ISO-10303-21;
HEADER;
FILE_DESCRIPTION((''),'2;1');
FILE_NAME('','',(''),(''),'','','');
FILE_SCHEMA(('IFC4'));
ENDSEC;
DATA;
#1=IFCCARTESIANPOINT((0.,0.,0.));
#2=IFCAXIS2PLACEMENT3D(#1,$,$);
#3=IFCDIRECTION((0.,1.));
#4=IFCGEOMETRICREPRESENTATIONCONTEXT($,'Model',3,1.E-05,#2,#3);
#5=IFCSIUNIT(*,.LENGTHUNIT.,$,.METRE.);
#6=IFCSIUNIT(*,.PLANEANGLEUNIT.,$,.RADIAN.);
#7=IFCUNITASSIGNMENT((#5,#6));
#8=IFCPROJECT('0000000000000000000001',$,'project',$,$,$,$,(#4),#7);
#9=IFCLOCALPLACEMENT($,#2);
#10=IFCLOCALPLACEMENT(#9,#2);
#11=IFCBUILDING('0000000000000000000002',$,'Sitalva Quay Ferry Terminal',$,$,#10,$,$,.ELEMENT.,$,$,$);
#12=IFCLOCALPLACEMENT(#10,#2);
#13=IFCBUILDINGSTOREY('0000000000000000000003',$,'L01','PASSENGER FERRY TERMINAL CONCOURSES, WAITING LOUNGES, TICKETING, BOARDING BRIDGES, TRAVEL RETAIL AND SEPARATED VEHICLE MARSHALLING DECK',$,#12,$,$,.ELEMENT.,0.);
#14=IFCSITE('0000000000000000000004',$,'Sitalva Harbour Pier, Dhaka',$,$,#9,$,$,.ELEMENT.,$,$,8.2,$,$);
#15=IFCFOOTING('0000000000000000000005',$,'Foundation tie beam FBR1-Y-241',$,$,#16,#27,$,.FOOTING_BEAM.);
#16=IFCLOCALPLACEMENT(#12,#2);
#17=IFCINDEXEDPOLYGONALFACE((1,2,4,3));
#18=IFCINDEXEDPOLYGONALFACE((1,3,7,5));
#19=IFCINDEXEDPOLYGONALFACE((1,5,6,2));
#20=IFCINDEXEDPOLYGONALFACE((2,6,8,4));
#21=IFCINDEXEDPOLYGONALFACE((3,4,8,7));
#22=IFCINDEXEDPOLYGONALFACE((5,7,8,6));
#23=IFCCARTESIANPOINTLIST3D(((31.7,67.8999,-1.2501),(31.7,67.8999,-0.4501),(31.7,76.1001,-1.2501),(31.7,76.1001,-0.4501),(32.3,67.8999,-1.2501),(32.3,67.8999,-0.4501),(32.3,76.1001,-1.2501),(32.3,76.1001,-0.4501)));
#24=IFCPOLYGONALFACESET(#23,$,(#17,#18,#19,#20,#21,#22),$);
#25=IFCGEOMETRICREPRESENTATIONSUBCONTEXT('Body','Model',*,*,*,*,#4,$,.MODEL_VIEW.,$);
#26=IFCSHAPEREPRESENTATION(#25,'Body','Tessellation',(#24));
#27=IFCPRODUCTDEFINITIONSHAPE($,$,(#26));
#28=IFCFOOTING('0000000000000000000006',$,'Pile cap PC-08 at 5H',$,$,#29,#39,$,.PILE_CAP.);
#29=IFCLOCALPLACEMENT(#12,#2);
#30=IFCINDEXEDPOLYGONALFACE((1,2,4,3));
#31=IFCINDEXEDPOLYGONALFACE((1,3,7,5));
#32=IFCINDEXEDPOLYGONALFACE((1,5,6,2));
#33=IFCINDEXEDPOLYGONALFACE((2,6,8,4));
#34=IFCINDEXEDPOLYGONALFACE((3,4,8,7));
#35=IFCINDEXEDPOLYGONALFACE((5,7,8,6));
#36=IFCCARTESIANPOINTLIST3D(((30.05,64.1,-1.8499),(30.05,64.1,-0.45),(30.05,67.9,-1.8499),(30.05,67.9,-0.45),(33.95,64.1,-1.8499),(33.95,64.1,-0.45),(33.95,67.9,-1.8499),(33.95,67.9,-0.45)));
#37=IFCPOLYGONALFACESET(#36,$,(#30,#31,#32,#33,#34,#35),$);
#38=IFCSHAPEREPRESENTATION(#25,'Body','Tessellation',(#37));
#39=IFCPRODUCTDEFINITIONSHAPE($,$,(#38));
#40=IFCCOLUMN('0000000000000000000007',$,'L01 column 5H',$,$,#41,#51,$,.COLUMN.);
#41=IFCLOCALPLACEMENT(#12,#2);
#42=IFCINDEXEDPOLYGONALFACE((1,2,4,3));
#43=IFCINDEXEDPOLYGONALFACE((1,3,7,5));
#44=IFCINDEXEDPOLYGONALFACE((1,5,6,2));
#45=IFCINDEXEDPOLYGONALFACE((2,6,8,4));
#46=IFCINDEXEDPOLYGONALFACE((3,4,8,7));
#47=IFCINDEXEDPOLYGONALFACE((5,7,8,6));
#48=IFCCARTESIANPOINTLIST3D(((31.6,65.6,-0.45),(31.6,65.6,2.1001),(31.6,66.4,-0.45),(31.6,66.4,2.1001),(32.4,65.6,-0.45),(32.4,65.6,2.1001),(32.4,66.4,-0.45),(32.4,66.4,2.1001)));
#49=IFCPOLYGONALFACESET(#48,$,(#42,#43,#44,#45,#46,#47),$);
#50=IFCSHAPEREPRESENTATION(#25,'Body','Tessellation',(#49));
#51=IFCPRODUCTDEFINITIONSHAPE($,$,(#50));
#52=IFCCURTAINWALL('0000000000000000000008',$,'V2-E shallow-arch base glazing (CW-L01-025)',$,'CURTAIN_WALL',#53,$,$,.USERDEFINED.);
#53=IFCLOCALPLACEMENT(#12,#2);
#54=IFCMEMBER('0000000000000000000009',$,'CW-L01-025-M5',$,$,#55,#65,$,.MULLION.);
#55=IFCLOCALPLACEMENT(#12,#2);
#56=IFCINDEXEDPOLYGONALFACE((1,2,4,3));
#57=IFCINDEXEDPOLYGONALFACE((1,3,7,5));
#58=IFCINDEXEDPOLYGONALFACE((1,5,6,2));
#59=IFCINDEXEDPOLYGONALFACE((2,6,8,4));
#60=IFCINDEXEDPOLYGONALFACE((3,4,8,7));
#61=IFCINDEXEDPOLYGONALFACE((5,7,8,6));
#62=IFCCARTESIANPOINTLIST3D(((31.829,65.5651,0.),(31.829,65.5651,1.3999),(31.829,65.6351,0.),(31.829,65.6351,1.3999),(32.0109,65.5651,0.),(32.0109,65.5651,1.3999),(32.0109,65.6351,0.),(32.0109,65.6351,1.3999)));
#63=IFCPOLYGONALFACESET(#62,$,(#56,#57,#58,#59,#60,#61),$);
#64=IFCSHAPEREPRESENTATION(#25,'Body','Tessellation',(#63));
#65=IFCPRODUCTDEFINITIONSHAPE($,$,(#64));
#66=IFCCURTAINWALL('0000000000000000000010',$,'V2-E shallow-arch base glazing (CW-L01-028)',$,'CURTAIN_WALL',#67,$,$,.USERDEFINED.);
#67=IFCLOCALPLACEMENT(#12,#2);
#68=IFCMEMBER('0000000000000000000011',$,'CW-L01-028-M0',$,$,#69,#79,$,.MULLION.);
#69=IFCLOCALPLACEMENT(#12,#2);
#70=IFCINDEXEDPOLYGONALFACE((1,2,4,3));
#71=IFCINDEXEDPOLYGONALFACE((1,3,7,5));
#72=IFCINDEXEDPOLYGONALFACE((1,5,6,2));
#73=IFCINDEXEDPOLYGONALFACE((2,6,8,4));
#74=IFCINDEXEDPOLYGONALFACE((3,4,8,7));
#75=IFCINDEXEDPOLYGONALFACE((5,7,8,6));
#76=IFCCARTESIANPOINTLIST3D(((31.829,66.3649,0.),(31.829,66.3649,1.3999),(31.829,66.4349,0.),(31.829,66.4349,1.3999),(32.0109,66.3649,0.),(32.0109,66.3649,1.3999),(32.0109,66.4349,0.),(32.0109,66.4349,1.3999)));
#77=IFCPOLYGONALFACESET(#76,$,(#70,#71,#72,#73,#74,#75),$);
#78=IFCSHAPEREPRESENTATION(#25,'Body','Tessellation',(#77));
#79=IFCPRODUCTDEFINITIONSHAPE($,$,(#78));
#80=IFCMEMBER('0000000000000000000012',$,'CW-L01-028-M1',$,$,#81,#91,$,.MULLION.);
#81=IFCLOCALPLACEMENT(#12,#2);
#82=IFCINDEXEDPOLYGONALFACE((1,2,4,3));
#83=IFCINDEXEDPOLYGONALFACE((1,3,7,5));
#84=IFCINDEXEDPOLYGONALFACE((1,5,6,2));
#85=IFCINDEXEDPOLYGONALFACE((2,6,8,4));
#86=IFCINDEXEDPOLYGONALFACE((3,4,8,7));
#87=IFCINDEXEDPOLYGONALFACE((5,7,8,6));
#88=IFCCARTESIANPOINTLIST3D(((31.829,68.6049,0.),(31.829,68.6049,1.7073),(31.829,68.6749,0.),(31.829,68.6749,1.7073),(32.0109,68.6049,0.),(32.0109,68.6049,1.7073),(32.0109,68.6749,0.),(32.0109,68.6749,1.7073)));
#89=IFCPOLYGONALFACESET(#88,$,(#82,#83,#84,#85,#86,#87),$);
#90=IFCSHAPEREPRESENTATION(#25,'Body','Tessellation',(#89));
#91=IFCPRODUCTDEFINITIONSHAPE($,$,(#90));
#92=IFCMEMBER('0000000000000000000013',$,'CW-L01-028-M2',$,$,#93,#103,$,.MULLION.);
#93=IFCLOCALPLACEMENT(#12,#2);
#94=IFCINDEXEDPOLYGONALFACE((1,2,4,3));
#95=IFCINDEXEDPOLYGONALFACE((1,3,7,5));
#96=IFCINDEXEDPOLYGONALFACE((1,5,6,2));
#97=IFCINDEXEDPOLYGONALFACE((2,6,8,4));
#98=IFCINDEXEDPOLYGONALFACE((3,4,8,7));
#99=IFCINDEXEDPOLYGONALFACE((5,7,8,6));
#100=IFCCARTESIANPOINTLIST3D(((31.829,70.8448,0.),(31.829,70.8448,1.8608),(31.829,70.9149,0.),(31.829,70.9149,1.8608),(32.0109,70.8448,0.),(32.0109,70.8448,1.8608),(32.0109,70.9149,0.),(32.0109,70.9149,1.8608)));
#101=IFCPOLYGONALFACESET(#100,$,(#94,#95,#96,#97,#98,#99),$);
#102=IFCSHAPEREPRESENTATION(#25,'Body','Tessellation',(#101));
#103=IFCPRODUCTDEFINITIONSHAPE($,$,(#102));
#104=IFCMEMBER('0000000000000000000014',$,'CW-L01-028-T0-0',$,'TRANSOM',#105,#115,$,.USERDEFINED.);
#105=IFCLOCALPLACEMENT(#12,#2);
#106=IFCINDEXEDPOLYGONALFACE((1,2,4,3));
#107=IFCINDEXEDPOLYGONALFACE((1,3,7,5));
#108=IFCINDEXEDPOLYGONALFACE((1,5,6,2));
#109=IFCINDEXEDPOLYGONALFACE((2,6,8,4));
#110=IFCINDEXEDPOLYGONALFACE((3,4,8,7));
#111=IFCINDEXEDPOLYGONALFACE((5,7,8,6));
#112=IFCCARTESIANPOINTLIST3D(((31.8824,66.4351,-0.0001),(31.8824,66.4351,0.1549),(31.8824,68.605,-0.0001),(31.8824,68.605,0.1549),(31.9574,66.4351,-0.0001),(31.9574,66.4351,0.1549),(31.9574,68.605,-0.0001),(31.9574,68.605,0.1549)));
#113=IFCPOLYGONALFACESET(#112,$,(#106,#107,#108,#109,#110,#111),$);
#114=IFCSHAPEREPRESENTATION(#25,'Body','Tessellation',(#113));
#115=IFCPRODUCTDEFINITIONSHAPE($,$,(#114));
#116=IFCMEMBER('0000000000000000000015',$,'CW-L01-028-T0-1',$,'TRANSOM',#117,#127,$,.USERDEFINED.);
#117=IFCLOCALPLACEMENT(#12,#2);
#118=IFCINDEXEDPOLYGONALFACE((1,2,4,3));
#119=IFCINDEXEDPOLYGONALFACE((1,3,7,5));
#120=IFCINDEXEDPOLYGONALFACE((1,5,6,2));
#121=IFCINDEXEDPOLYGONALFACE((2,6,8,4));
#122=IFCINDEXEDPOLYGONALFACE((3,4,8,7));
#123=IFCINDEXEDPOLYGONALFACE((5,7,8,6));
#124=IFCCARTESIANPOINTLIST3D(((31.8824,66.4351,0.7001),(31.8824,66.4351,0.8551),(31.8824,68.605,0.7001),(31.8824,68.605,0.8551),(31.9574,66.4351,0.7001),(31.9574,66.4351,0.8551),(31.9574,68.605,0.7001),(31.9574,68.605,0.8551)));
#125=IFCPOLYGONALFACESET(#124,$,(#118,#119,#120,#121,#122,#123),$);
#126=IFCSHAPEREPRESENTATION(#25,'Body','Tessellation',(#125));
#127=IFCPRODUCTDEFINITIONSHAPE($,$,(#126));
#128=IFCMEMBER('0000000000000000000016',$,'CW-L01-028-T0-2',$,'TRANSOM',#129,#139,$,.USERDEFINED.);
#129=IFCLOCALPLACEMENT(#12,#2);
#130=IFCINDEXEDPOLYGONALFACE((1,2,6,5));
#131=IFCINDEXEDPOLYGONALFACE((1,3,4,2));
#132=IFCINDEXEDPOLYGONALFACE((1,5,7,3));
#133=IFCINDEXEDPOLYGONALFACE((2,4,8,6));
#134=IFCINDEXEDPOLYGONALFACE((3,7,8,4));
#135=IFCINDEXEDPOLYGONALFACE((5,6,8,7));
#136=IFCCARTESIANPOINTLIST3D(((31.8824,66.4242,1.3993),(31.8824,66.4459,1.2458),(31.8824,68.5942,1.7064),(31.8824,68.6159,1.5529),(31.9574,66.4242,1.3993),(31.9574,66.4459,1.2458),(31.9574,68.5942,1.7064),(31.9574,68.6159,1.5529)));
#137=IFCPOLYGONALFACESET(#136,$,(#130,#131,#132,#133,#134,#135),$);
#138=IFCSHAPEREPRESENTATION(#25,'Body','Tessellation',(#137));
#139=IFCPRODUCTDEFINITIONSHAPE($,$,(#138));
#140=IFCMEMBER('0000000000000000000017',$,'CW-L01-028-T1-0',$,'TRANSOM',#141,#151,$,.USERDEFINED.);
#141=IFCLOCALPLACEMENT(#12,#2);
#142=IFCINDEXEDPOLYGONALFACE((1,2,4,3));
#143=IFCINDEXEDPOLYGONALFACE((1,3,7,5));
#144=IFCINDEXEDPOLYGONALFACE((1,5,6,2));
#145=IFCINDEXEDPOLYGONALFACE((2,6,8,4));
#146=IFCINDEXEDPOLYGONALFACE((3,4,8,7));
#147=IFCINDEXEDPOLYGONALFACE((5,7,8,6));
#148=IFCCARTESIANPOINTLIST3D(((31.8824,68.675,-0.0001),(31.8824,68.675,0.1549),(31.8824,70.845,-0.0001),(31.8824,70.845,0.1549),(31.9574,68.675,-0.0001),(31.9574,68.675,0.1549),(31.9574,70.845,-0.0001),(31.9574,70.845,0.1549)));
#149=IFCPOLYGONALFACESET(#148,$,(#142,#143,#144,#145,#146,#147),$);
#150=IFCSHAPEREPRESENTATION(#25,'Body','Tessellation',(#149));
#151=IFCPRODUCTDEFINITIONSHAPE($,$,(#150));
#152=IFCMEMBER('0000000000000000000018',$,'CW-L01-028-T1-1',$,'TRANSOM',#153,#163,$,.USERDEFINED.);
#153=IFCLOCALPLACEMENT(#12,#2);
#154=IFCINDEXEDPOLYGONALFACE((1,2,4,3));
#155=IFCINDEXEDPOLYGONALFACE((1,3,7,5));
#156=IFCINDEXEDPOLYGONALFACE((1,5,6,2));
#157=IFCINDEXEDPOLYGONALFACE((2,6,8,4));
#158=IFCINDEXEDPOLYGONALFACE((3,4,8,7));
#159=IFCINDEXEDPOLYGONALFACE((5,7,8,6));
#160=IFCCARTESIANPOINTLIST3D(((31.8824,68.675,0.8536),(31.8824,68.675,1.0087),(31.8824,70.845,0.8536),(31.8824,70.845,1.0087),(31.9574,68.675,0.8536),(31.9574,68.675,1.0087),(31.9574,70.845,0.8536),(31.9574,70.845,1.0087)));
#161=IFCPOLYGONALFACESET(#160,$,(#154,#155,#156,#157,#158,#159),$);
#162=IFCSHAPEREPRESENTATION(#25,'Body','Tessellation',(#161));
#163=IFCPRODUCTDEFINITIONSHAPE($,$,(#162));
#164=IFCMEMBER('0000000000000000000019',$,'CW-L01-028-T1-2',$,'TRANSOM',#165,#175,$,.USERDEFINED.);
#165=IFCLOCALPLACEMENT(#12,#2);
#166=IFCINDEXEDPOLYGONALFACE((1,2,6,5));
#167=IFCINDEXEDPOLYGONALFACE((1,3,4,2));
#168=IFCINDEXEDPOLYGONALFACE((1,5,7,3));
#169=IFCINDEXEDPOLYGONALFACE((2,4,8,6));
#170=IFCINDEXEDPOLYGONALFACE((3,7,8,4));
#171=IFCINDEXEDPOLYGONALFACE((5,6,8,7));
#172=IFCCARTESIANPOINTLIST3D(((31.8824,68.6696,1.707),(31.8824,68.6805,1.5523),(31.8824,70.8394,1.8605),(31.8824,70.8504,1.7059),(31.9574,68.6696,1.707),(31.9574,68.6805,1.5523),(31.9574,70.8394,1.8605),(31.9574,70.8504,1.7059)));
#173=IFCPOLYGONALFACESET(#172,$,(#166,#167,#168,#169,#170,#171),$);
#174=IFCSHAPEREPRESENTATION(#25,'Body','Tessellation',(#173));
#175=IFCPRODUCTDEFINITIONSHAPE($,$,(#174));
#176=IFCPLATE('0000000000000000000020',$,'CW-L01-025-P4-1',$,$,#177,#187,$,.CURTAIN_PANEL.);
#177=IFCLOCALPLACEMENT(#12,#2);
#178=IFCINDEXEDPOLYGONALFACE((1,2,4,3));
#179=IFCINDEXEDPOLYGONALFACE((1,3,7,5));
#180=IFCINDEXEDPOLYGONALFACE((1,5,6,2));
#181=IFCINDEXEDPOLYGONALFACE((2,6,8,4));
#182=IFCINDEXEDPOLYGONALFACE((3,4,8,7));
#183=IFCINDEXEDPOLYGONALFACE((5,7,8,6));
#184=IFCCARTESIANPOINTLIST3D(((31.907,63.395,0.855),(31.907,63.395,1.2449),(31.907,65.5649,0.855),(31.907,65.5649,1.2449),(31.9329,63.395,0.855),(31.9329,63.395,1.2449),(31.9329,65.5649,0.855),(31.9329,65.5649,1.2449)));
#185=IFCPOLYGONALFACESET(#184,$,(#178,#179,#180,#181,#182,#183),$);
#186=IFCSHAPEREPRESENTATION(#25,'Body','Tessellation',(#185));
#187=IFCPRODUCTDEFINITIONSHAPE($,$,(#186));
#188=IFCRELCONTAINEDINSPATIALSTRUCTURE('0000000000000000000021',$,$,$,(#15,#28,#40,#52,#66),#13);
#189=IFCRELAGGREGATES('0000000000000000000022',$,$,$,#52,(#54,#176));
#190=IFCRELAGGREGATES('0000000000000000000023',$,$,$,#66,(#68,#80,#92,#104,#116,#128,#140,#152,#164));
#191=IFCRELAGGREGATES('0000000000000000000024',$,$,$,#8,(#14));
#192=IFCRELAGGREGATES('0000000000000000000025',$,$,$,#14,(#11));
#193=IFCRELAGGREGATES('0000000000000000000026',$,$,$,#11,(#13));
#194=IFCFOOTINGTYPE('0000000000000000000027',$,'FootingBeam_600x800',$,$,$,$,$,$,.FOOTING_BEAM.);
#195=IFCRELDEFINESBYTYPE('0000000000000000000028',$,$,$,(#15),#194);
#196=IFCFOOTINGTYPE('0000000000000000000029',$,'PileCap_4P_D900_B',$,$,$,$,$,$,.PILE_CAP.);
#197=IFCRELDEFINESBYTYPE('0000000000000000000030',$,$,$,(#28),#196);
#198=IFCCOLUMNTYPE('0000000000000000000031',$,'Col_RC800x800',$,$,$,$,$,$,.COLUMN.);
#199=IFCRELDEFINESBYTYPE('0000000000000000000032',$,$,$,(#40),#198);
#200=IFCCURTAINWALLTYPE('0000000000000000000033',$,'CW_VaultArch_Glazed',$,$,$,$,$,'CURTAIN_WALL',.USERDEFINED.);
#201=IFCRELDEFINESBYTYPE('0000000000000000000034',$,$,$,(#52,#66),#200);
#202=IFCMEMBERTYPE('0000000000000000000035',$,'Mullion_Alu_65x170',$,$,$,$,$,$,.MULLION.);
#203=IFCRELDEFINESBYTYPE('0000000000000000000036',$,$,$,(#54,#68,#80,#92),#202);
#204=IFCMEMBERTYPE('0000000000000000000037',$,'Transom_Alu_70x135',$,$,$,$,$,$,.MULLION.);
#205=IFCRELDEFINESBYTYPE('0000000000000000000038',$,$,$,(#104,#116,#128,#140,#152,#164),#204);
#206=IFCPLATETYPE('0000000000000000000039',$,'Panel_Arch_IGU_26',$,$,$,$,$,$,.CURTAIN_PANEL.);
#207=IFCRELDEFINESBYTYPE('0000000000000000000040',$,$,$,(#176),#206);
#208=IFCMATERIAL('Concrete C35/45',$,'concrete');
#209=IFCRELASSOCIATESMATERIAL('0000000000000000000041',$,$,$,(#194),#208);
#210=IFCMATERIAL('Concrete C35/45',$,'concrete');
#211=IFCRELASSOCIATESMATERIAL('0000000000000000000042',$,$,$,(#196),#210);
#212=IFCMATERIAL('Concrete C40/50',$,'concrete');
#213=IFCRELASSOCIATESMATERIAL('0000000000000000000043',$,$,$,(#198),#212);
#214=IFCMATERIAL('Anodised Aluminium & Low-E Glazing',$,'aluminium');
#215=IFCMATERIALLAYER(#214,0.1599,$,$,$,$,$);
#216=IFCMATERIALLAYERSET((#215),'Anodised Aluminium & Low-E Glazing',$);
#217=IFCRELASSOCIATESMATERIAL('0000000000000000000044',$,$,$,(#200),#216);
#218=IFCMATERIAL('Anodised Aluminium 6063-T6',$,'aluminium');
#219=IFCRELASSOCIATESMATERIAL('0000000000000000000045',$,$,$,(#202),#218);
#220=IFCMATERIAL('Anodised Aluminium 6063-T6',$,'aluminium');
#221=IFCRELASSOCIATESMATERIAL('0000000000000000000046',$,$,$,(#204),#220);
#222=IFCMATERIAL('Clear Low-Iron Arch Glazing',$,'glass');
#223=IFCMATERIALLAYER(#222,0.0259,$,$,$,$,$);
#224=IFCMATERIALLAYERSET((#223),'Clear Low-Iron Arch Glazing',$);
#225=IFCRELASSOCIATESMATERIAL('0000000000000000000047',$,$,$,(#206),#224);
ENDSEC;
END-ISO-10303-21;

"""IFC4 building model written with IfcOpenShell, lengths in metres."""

from ifc_helpers import new_model, si_unit, direction, frame, origin, origin_2d, place, context, subcontext, project, spatial, rectangle, extrude, material, layer, layer_set, material_profile, profile_set, type_object, element, aggregate, save


model = new_model("IFC4")

# Units and contexts
model_context = context("Model", 3, precision=1e-05, world=origin(), true_north=direction((0.0, 1.0)))
body_context = subcontext(model_context, "Body", "Model", "MODEL_VIEW")
ifc_project = project(units=[si_unit("LENGTHUNIT", "METRE"), si_unit("PLANEANGLEUNIT", "RADIAN")], contexts=[model_context])

# Site, building, storey
site_placement = place(None, origin())
site = spatial("IfcSite", under=ifc_project, at=site_placement, Name="Sitalva Harbour Pier, Dhaka", CompositionType="ELEMENT", RefElevation=8.2)
building_placement = place(site_placement, origin())
building = spatial("IfcBuilding", under=site, at=building_placement, Name="Sitalva Quay Ferry Terminal", CompositionType="ELEMENT")
storey_placement = place(building_placement, origin())
storey = spatial("IfcBuildingStorey", under=building, at=storey_placement, Name="L01", Description="PASSENGER FERRY TERMINAL CONCOURSES, WAITING LOUNGES, TICKETING, BOARDING BRIDGES, TRAVEL RETAIL AND SEPARATED VEHICLE MARSHALLING DECK", CompositionType="ELEMENT", Elevation=0.0)

# Footings
ifc_material_1 = material(Name="Concrete C35/45", Category="concrete")
ifc_material_profile_1 = material_profile(ifc_material_1, rectangle(XDim=0.6001, YDim=0.8, at=origin_2d()), Name="RC600x800")
ifc_profile_set_1 = profile_set([ifc_material_profile_1], Name="Concrete C35/45")
footing_type_1 = type_object("IfcFootingType", Name="FootingBeam_600x800", PredefinedType="FOOTING_BEAM", material=ifc_profile_set_1)
footing_1_placement = place(storey_placement, frame((32.0, 67.8999, -0.8501), z_axis=(0.0, 1.0, 0.0), x_axis=(-1.0, 0.0, 0.0)))
element("IfcFooting", 1, at=footing_1_placement, inside=storey, type_object=footing_type_1, Name="Foundation tie beam FBR1-Y-241", PredefinedType="FOOTING_BEAM", context=body_context, shape_type="SweptSolid", body=[
    extrude(rectangle(XDim=0.6001, YDim=0.8, at=origin_2d()), origin(), (0.0, 0.0, 1.0), 8.2002),
])
ifc_material_2 = material(Name="Concrete C35/45", Category="concrete")
footing_type_2 = type_object("IfcFootingType", Name="PileCap_4P_D900_B", PredefinedType="PILE_CAP", material=ifc_material_2)
footing_2_placement = place(storey_placement, frame((32.0, 66.0, -1.8499), z_axis=(0.0, 0.0, 1.0), x_axis=(1.0, 0.0, 0.0)))
element("IfcFooting", 2, at=footing_2_placement, inside=storey, type_object=footing_type_2, Name="Pile cap PC-08 at 5H", PredefinedType="PILE_CAP", context=body_context, shape_type="SweptSolid", body=[
    extrude(rectangle(XDim=3.8999, YDim=3.8, at=origin_2d()), origin(), (0.0, 0.0, 1.0), 1.3999),
])

# Column
ifc_material_3 = material(Name="Concrete C40/50", Category="concrete")
ifc_material_profile_2 = material_profile(ifc_material_3, rectangle(XDim=0.8, YDim=0.8, at=origin_2d()), Name="RC800x800")
ifc_profile_set_2 = profile_set([ifc_material_profile_2], Name="Concrete C40/50")
column_type = type_object("IfcColumnType", Name="Col_RC800x800", PredefinedType="COLUMN", material=ifc_profile_set_2)
column_placement = place(storey_placement, frame((32.0, 66.0, -0.45), z_axis=(0.0, 0.0, 1.0), x_axis=(1.0, 0.0, 0.0)))
element("IfcColumn", 3, at=column_placement, inside=storey, type_object=column_type, Name="L01 column 5H", PredefinedType="COLUMN", context=body_context, shape_type="SweptSolid", body=[
    extrude(rectangle(XDim=0.8, YDim=0.8, at=origin_2d()), origin(), (0.0, 0.0, 1.0), 2.55),
])

# Curtain wall, member
ifc_material_4 = material(Name="Anodised Aluminium & Low-E Glazing", Category="aluminium")
ifc_layer_1 = layer(ifc_material_4, 0.1599)
ifc_layer_set_1 = layer_set([ifc_layer_1], Name="Anodised Aluminium & Low-E Glazing")
curtain_wall_type = type_object("IfcCurtainWallType", Name="CW_VaultArch_Glazed", ElementType="CURTAIN_WALL", PredefinedType="USERDEFINED", material=ifc_layer_set_1)
curtain_wall_1_placement = place(storey_placement, origin())
curtain_wall_1 = element("IfcCurtainWall", 4, at=curtain_wall_1_placement, inside=storey, type_object=curtain_wall_type, Name="V2-E shallow-arch base glazing (CW-L01-025)", ObjectType="CURTAIN_WALL", PredefinedType="USERDEFINED")
ifc_material_5 = material(Name="Anodised Aluminium 6063-T6", Category="aluminium")
ifc_material_profile_3 = material_profile(ifc_material_5, rectangle(XDim=0.0701, YDim=0.1819, at=origin_2d()), Name="ALU70x182")
ifc_profile_set_3 = profile_set([ifc_material_profile_3], Name="Anodised Aluminium 6063-T6")
member_type_1 = type_object("IfcMemberType", Name="Mullion_Alu_65x170", PredefinedType="MULLION", material=ifc_profile_set_3)
member_1_placement = place(storey_placement, frame((31.9199, 65.6001, 0.0), z_axis=(0.0, 0.0, 1.0), x_axis=(0.0, 1.0, 0.0)))
member_1 = element("IfcMember", 5, at=member_1_placement, type_object=member_type_1, Name="CW-L01-025-M5", PredefinedType="MULLION", context=body_context, shape_type="SweptSolid", body=[
    extrude(rectangle(XDim=0.0701, YDim=0.1819, at=origin_2d()), origin(), (0.0, 0.0, 1.0), 1.3999),
])

# Curtain wall, members
curtain_wall_2_placement = place(storey_placement, origin())
curtain_wall_2 = element("IfcCurtainWall", 6, at=curtain_wall_2_placement, inside=storey, type_object=curtain_wall_type, Name="V2-E shallow-arch base glazing (CW-L01-028)", ObjectType="CURTAIN_WALL", PredefinedType="USERDEFINED")
member_2_placement = place(storey_placement, frame((31.9199, 66.3999, 0.0), z_axis=(0.0, 0.0, 1.0), x_axis=(0.0, 1.0, 0.0)))
member_2 = element("IfcMember", 7, at=member_2_placement, type_object=member_type_1, Name="CW-L01-028-M0", PredefinedType="MULLION", context=body_context, shape_type="SweptSolid", body=[
    extrude(rectangle(XDim=0.0701, YDim=0.1819, at=origin_2d()), origin(), (0.0, 0.0, 1.0), 1.3999),
])
member_3_placement = place(storey_placement, frame((31.9199, 68.6399, 0.0), z_axis=(0.0, 0.0, 1.0), x_axis=(0.0, 1.0, 0.0)))
member_3 = element("IfcMember", 8, at=member_3_placement, type_object=member_type_1, Name="CW-L01-028-M1", PredefinedType="MULLION", context=body_context, shape_type="SweptSolid", body=[
    extrude(rectangle(XDim=0.0701, YDim=0.1819, at=origin_2d()), origin(), (0.0, 0.0, 1.0), 1.7073),
])
member_4_placement = place(storey_placement, frame((31.9199, 70.8799, 0.0), z_axis=(0.0, 0.0, 1.0), x_axis=(0.0, 1.0, 0.0)))
member_4 = element("IfcMember", 9, at=member_4_placement, type_object=member_type_1, Name="CW-L01-028-M2", PredefinedType="MULLION", context=body_context, shape_type="SweptSolid", body=[
    extrude(rectangle(XDim=0.0701, YDim=0.1819, at=origin_2d()), origin(), (0.0, 0.0, 1.0), 1.8608),
])
ifc_material_6 = material(Name="Anodised Aluminium 6063-T6", Category="aluminium")
ifc_material_profile_4 = material_profile(ifc_material_6, rectangle(XDim=0.075, YDim=0.155, at=origin_2d()), Name="ALU75x155")
ifc_profile_set_4 = profile_set([ifc_material_profile_4], Name="Anodised Aluminium 6063-T6")
member_type_2 = type_object("IfcMemberType", Name="Transom_Alu_70x135", PredefinedType="MULLION", material=ifc_profile_set_4)
member_5_placement = place(storey_placement, frame((31.9199, 66.4351, 0.0774), z_axis=(0.0, 1.0, 0.0), x_axis=(-1.0, 0.0, 0.0)))
member_5 = element("IfcMember", 10, at=member_5_placement, type_object=member_type_2, Name="CW-L01-028-T0-0", ObjectType="TRANSOM", PredefinedType="USERDEFINED", context=body_context, shape_type="SweptSolid", body=[
    extrude(rectangle(XDim=0.075, YDim=0.155, at=origin_2d()), origin(), (0.0, 0.0, 1.0), 2.1699),
])
member_6_placement = place(storey_placement, frame((31.9199, 66.4351, 0.7776), z_axis=(0.0, 1.0, 0.0), x_axis=(-1.0, 0.0, 0.0)))
member_6 = element("IfcMember", 11, at=member_6_placement, type_object=member_type_2, Name="CW-L01-028-T0-1", ObjectType="TRANSOM", PredefinedType="USERDEFINED", context=body_context, shape_type="SweptSolid", body=[
    extrude(rectangle(XDim=0.075, YDim=0.155, at=origin_2d()), origin(), (0.0, 0.0, 1.0), 2.1699),
])
member_7_placement = place(storey_placement, frame((31.9199, 66.4351, 1.3225), z_axis=(0.0, 0.990131, 0.140142), x_axis=(-1.0, 0.0, 0.0)))
member_7 = element("IfcMember", 12, at=member_7_placement, type_object=member_type_2, Name="CW-L01-028-T0-2", ObjectType="TRANSOM", PredefinedType="USERDEFINED", context=body_context, shape_type="SweptSolid", body=[
    extrude(rectangle(XDim=0.075, YDim=0.155, at=origin_2d()), origin(), (0.0, 0.0, 1.0), 2.1917),
])
member_8_placement = place(storey_placement, frame((31.9199, 68.675, 0.0774), z_axis=(0.0, 1.0, 0.0), x_axis=(-1.0, 0.0, 0.0)))
member_8 = element("IfcMember", 13, at=member_8_placement, type_object=member_type_2, Name="CW-L01-028-T1-0", ObjectType="TRANSOM", PredefinedType="USERDEFINED", context=body_context, shape_type="SweptSolid", body=[
    extrude(rectangle(XDim=0.075, YDim=0.155, at=origin_2d()), origin(), (0.0, 0.0, 1.0), 2.1699),
])
member_9_placement = place(storey_placement, frame((31.9199, 68.675, 0.9312), z_axis=(0.0, 1.0, 0.0), x_axis=(-1.0, 0.0, 0.0)))
member_9 = element("IfcMember", 14, at=member_9_placement, type_object=member_type_2, Name="CW-L01-028-T1-1", ObjectType="TRANSOM", PredefinedType="USERDEFINED", context=body_context, shape_type="SweptSolid", body=[
    extrude(rectangle(XDim=0.075, YDim=0.155, at=origin_2d()), origin(), (0.0, 0.0, 1.0), 2.1699),
])
member_10_placement = place(storey_placement, frame((31.9199, 68.675, 1.6296), z_axis=(0.0, 0.997505, 0.070593), x_axis=(-1.0, 0.0, 0.0)))
member_10 = element("IfcMember", 15, at=member_10_placement, type_object=member_type_2, Name="CW-L01-028-T1-2", ObjectType="TRANSOM", PredefinedType="USERDEFINED", context=body_context, shape_type="SweptSolid", body=[
    extrude(rectangle(XDim=0.075, YDim=0.155, at=origin_2d()), origin(), (0.0, 0.0, 1.0), 2.1753),
])

# Plate
ifc_material_7 = material(Name="Clear Low-Iron Arch Glazing", Category="glass")
ifc_layer_2 = layer(ifc_material_7, 0.0259)
ifc_layer_set_2 = layer_set([ifc_layer_2], Name="Clear Low-Iron Arch Glazing")
plate_type = type_object("IfcPlateType", Name="Panel_Arch_IGU_26", PredefinedType="CURTAIN_PANEL", material=ifc_layer_set_2)
plate_1_placement = place(storey_placement, frame((31.9199, 64.48, 0.855), z_axis=(0.0, 0.0, 1.0), x_axis=(0.0, 1.0, 0.0)))
plate_1 = element("IfcPlate", 16, at=plate_1_placement, type_object=plate_type, Name="CW-L01-025-P4-1", PredefinedType="CURTAIN_PANEL", context=body_context, shape_type="SweptSolid", body=[
    extrude(rectangle(XDim=2.1699, YDim=0.0259, at=origin_2d()), origin(), (0.0, 0.0, 1.0), 0.3899),
])
aggregate(curtain_wall_1, [member_1, plate_1])
aggregate(curtain_wall_2, [member_2, member_3, member_4, member_5, member_6, member_7, member_8, member_9, member_10])

save(model, "model.ifc")
